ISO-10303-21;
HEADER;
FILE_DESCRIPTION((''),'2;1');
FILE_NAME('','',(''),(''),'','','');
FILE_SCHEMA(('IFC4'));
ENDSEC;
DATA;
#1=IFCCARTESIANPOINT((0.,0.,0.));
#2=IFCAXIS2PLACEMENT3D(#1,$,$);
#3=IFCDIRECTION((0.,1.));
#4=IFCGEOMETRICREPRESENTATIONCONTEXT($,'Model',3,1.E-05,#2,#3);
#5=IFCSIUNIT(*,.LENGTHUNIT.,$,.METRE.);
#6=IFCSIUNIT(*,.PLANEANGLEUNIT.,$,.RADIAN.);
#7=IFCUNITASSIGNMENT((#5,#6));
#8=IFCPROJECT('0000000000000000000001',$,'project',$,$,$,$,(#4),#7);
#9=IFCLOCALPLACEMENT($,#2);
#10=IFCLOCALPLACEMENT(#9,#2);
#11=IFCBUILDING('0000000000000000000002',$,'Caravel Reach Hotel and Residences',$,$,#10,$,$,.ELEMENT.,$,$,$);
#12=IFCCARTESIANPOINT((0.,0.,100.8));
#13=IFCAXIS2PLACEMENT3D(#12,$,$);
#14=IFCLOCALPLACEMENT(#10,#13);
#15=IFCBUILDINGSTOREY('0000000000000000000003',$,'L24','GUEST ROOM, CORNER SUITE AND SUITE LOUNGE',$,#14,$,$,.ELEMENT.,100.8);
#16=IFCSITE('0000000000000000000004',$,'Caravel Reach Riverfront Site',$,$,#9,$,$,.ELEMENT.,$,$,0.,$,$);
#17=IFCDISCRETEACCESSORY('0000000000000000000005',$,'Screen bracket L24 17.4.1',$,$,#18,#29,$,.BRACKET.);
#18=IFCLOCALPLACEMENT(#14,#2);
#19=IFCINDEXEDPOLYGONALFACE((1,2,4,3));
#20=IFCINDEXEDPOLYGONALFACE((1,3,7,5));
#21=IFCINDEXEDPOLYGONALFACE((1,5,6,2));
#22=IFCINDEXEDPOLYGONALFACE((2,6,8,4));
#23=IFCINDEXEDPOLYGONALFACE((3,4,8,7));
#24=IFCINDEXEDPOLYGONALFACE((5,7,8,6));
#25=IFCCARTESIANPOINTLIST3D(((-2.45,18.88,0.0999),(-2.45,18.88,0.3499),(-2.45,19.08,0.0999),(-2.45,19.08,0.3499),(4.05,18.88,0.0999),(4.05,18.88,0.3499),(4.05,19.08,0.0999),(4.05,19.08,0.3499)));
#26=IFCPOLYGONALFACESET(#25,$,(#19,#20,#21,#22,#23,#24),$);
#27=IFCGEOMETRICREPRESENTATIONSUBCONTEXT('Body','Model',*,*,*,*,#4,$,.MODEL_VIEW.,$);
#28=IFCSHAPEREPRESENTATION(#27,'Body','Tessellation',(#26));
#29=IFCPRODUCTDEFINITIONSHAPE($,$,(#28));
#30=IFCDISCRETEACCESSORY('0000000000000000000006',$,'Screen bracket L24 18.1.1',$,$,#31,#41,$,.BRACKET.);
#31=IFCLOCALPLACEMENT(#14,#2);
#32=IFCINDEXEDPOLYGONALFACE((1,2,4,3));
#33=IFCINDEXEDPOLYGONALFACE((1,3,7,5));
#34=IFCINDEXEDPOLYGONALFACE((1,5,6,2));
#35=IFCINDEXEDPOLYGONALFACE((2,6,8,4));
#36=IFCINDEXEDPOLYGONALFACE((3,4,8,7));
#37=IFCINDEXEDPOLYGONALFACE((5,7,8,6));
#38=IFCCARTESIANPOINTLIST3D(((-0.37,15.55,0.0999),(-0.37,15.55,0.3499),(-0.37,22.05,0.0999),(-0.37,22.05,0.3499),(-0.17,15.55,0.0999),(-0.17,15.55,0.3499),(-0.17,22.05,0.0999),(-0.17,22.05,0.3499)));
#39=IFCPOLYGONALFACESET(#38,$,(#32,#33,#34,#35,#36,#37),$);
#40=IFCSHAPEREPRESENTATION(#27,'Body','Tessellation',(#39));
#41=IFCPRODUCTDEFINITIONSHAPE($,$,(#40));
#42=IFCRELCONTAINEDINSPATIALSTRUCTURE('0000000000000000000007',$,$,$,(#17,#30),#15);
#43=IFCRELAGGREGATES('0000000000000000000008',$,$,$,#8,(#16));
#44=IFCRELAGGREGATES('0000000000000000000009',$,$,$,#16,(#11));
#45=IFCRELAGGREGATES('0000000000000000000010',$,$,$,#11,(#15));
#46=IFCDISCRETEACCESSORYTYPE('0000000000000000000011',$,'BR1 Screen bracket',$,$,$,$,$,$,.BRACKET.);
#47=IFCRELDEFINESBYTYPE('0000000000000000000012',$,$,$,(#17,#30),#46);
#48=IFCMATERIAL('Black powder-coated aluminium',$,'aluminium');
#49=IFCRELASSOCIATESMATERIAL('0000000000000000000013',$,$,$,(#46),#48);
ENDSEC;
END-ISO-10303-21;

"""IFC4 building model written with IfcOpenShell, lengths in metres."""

from ifc_helpers import new_model, si_unit, direction, frame, origin, origin_2d, place, context, subcontext, project, spatial, rectangle, extrude, material, type_object, element, save


model = new_model("IFC4")

# Units and contexts
model_context = context("Model", 3, precision=1e-05, world=origin(), true_north=direction((0.0, 1.0)))
body_context = subcontext(model_context, "Body", "Model", "MODEL_VIEW")
ifc_project = project(units=[si_unit("LENGTHUNIT", "METRE"), si_unit("PLANEANGLEUNIT", "RADIAN")], contexts=[model_context])

# Site, building, storey
site_placement = place(None, origin())
site = spatial("IfcSite", under=ifc_project, at=site_placement, Name="Caravel Reach Riverfront Site", CompositionType="ELEMENT", RefElevation=0.0)
building_placement = place(site_placement, origin())
building = spatial("IfcBuilding", under=site, at=building_placement, Name="Caravel Reach Hotel and Residences", CompositionType="ELEMENT")
storey_placement = place(building_placement, frame((0.0, 0.0, 100.8)))
storey = spatial("IfcBuildingStorey", under=building, at=storey_placement, Name="L24", Description="GUEST ROOM, CORNER SUITE AND SUITE LOUNGE", CompositionType="ELEMENT", Elevation=100.8)

# Discrete accessories
ifc_material_1 = material(Name="Black powder-coated aluminium", Category="aluminium")
discrete_accessory_type = type_object("IfcDiscreteAccessoryType", Name="BR1 Screen bracket", PredefinedType="BRACKET", material=ifc_material_1)
for number, where, z_axis, x_axis, name in (
    (1, (0.8, 18.98, 0.0999), (0.0, 0.0, 1.0), (-1.0, 0.0, 0.0), "Screen bracket L24 17.4.1"),
    (2, (-0.27, 18.8, 0.0999), (0.0, 0.0, 1.0), (0.0, -1.0, 0.0), "Screen bracket L24 18.1.1"),
):
    element("IfcDiscreteAccessory", number, at=place(storey_placement, frame(where, z_axis=z_axis, x_axis=x_axis)), inside=storey, type_object=discrete_accessory_type, Name=name, PredefinedType="BRACKET", context=body_context, shape_type="SweptSolid", body=[
        extrude(rectangle(XDim=6.5, YDim=0.2, at=origin_2d()), origin(), (0.0, 0.0, 1.0), 0.25),
    ])

save(model, "model.ifc")
